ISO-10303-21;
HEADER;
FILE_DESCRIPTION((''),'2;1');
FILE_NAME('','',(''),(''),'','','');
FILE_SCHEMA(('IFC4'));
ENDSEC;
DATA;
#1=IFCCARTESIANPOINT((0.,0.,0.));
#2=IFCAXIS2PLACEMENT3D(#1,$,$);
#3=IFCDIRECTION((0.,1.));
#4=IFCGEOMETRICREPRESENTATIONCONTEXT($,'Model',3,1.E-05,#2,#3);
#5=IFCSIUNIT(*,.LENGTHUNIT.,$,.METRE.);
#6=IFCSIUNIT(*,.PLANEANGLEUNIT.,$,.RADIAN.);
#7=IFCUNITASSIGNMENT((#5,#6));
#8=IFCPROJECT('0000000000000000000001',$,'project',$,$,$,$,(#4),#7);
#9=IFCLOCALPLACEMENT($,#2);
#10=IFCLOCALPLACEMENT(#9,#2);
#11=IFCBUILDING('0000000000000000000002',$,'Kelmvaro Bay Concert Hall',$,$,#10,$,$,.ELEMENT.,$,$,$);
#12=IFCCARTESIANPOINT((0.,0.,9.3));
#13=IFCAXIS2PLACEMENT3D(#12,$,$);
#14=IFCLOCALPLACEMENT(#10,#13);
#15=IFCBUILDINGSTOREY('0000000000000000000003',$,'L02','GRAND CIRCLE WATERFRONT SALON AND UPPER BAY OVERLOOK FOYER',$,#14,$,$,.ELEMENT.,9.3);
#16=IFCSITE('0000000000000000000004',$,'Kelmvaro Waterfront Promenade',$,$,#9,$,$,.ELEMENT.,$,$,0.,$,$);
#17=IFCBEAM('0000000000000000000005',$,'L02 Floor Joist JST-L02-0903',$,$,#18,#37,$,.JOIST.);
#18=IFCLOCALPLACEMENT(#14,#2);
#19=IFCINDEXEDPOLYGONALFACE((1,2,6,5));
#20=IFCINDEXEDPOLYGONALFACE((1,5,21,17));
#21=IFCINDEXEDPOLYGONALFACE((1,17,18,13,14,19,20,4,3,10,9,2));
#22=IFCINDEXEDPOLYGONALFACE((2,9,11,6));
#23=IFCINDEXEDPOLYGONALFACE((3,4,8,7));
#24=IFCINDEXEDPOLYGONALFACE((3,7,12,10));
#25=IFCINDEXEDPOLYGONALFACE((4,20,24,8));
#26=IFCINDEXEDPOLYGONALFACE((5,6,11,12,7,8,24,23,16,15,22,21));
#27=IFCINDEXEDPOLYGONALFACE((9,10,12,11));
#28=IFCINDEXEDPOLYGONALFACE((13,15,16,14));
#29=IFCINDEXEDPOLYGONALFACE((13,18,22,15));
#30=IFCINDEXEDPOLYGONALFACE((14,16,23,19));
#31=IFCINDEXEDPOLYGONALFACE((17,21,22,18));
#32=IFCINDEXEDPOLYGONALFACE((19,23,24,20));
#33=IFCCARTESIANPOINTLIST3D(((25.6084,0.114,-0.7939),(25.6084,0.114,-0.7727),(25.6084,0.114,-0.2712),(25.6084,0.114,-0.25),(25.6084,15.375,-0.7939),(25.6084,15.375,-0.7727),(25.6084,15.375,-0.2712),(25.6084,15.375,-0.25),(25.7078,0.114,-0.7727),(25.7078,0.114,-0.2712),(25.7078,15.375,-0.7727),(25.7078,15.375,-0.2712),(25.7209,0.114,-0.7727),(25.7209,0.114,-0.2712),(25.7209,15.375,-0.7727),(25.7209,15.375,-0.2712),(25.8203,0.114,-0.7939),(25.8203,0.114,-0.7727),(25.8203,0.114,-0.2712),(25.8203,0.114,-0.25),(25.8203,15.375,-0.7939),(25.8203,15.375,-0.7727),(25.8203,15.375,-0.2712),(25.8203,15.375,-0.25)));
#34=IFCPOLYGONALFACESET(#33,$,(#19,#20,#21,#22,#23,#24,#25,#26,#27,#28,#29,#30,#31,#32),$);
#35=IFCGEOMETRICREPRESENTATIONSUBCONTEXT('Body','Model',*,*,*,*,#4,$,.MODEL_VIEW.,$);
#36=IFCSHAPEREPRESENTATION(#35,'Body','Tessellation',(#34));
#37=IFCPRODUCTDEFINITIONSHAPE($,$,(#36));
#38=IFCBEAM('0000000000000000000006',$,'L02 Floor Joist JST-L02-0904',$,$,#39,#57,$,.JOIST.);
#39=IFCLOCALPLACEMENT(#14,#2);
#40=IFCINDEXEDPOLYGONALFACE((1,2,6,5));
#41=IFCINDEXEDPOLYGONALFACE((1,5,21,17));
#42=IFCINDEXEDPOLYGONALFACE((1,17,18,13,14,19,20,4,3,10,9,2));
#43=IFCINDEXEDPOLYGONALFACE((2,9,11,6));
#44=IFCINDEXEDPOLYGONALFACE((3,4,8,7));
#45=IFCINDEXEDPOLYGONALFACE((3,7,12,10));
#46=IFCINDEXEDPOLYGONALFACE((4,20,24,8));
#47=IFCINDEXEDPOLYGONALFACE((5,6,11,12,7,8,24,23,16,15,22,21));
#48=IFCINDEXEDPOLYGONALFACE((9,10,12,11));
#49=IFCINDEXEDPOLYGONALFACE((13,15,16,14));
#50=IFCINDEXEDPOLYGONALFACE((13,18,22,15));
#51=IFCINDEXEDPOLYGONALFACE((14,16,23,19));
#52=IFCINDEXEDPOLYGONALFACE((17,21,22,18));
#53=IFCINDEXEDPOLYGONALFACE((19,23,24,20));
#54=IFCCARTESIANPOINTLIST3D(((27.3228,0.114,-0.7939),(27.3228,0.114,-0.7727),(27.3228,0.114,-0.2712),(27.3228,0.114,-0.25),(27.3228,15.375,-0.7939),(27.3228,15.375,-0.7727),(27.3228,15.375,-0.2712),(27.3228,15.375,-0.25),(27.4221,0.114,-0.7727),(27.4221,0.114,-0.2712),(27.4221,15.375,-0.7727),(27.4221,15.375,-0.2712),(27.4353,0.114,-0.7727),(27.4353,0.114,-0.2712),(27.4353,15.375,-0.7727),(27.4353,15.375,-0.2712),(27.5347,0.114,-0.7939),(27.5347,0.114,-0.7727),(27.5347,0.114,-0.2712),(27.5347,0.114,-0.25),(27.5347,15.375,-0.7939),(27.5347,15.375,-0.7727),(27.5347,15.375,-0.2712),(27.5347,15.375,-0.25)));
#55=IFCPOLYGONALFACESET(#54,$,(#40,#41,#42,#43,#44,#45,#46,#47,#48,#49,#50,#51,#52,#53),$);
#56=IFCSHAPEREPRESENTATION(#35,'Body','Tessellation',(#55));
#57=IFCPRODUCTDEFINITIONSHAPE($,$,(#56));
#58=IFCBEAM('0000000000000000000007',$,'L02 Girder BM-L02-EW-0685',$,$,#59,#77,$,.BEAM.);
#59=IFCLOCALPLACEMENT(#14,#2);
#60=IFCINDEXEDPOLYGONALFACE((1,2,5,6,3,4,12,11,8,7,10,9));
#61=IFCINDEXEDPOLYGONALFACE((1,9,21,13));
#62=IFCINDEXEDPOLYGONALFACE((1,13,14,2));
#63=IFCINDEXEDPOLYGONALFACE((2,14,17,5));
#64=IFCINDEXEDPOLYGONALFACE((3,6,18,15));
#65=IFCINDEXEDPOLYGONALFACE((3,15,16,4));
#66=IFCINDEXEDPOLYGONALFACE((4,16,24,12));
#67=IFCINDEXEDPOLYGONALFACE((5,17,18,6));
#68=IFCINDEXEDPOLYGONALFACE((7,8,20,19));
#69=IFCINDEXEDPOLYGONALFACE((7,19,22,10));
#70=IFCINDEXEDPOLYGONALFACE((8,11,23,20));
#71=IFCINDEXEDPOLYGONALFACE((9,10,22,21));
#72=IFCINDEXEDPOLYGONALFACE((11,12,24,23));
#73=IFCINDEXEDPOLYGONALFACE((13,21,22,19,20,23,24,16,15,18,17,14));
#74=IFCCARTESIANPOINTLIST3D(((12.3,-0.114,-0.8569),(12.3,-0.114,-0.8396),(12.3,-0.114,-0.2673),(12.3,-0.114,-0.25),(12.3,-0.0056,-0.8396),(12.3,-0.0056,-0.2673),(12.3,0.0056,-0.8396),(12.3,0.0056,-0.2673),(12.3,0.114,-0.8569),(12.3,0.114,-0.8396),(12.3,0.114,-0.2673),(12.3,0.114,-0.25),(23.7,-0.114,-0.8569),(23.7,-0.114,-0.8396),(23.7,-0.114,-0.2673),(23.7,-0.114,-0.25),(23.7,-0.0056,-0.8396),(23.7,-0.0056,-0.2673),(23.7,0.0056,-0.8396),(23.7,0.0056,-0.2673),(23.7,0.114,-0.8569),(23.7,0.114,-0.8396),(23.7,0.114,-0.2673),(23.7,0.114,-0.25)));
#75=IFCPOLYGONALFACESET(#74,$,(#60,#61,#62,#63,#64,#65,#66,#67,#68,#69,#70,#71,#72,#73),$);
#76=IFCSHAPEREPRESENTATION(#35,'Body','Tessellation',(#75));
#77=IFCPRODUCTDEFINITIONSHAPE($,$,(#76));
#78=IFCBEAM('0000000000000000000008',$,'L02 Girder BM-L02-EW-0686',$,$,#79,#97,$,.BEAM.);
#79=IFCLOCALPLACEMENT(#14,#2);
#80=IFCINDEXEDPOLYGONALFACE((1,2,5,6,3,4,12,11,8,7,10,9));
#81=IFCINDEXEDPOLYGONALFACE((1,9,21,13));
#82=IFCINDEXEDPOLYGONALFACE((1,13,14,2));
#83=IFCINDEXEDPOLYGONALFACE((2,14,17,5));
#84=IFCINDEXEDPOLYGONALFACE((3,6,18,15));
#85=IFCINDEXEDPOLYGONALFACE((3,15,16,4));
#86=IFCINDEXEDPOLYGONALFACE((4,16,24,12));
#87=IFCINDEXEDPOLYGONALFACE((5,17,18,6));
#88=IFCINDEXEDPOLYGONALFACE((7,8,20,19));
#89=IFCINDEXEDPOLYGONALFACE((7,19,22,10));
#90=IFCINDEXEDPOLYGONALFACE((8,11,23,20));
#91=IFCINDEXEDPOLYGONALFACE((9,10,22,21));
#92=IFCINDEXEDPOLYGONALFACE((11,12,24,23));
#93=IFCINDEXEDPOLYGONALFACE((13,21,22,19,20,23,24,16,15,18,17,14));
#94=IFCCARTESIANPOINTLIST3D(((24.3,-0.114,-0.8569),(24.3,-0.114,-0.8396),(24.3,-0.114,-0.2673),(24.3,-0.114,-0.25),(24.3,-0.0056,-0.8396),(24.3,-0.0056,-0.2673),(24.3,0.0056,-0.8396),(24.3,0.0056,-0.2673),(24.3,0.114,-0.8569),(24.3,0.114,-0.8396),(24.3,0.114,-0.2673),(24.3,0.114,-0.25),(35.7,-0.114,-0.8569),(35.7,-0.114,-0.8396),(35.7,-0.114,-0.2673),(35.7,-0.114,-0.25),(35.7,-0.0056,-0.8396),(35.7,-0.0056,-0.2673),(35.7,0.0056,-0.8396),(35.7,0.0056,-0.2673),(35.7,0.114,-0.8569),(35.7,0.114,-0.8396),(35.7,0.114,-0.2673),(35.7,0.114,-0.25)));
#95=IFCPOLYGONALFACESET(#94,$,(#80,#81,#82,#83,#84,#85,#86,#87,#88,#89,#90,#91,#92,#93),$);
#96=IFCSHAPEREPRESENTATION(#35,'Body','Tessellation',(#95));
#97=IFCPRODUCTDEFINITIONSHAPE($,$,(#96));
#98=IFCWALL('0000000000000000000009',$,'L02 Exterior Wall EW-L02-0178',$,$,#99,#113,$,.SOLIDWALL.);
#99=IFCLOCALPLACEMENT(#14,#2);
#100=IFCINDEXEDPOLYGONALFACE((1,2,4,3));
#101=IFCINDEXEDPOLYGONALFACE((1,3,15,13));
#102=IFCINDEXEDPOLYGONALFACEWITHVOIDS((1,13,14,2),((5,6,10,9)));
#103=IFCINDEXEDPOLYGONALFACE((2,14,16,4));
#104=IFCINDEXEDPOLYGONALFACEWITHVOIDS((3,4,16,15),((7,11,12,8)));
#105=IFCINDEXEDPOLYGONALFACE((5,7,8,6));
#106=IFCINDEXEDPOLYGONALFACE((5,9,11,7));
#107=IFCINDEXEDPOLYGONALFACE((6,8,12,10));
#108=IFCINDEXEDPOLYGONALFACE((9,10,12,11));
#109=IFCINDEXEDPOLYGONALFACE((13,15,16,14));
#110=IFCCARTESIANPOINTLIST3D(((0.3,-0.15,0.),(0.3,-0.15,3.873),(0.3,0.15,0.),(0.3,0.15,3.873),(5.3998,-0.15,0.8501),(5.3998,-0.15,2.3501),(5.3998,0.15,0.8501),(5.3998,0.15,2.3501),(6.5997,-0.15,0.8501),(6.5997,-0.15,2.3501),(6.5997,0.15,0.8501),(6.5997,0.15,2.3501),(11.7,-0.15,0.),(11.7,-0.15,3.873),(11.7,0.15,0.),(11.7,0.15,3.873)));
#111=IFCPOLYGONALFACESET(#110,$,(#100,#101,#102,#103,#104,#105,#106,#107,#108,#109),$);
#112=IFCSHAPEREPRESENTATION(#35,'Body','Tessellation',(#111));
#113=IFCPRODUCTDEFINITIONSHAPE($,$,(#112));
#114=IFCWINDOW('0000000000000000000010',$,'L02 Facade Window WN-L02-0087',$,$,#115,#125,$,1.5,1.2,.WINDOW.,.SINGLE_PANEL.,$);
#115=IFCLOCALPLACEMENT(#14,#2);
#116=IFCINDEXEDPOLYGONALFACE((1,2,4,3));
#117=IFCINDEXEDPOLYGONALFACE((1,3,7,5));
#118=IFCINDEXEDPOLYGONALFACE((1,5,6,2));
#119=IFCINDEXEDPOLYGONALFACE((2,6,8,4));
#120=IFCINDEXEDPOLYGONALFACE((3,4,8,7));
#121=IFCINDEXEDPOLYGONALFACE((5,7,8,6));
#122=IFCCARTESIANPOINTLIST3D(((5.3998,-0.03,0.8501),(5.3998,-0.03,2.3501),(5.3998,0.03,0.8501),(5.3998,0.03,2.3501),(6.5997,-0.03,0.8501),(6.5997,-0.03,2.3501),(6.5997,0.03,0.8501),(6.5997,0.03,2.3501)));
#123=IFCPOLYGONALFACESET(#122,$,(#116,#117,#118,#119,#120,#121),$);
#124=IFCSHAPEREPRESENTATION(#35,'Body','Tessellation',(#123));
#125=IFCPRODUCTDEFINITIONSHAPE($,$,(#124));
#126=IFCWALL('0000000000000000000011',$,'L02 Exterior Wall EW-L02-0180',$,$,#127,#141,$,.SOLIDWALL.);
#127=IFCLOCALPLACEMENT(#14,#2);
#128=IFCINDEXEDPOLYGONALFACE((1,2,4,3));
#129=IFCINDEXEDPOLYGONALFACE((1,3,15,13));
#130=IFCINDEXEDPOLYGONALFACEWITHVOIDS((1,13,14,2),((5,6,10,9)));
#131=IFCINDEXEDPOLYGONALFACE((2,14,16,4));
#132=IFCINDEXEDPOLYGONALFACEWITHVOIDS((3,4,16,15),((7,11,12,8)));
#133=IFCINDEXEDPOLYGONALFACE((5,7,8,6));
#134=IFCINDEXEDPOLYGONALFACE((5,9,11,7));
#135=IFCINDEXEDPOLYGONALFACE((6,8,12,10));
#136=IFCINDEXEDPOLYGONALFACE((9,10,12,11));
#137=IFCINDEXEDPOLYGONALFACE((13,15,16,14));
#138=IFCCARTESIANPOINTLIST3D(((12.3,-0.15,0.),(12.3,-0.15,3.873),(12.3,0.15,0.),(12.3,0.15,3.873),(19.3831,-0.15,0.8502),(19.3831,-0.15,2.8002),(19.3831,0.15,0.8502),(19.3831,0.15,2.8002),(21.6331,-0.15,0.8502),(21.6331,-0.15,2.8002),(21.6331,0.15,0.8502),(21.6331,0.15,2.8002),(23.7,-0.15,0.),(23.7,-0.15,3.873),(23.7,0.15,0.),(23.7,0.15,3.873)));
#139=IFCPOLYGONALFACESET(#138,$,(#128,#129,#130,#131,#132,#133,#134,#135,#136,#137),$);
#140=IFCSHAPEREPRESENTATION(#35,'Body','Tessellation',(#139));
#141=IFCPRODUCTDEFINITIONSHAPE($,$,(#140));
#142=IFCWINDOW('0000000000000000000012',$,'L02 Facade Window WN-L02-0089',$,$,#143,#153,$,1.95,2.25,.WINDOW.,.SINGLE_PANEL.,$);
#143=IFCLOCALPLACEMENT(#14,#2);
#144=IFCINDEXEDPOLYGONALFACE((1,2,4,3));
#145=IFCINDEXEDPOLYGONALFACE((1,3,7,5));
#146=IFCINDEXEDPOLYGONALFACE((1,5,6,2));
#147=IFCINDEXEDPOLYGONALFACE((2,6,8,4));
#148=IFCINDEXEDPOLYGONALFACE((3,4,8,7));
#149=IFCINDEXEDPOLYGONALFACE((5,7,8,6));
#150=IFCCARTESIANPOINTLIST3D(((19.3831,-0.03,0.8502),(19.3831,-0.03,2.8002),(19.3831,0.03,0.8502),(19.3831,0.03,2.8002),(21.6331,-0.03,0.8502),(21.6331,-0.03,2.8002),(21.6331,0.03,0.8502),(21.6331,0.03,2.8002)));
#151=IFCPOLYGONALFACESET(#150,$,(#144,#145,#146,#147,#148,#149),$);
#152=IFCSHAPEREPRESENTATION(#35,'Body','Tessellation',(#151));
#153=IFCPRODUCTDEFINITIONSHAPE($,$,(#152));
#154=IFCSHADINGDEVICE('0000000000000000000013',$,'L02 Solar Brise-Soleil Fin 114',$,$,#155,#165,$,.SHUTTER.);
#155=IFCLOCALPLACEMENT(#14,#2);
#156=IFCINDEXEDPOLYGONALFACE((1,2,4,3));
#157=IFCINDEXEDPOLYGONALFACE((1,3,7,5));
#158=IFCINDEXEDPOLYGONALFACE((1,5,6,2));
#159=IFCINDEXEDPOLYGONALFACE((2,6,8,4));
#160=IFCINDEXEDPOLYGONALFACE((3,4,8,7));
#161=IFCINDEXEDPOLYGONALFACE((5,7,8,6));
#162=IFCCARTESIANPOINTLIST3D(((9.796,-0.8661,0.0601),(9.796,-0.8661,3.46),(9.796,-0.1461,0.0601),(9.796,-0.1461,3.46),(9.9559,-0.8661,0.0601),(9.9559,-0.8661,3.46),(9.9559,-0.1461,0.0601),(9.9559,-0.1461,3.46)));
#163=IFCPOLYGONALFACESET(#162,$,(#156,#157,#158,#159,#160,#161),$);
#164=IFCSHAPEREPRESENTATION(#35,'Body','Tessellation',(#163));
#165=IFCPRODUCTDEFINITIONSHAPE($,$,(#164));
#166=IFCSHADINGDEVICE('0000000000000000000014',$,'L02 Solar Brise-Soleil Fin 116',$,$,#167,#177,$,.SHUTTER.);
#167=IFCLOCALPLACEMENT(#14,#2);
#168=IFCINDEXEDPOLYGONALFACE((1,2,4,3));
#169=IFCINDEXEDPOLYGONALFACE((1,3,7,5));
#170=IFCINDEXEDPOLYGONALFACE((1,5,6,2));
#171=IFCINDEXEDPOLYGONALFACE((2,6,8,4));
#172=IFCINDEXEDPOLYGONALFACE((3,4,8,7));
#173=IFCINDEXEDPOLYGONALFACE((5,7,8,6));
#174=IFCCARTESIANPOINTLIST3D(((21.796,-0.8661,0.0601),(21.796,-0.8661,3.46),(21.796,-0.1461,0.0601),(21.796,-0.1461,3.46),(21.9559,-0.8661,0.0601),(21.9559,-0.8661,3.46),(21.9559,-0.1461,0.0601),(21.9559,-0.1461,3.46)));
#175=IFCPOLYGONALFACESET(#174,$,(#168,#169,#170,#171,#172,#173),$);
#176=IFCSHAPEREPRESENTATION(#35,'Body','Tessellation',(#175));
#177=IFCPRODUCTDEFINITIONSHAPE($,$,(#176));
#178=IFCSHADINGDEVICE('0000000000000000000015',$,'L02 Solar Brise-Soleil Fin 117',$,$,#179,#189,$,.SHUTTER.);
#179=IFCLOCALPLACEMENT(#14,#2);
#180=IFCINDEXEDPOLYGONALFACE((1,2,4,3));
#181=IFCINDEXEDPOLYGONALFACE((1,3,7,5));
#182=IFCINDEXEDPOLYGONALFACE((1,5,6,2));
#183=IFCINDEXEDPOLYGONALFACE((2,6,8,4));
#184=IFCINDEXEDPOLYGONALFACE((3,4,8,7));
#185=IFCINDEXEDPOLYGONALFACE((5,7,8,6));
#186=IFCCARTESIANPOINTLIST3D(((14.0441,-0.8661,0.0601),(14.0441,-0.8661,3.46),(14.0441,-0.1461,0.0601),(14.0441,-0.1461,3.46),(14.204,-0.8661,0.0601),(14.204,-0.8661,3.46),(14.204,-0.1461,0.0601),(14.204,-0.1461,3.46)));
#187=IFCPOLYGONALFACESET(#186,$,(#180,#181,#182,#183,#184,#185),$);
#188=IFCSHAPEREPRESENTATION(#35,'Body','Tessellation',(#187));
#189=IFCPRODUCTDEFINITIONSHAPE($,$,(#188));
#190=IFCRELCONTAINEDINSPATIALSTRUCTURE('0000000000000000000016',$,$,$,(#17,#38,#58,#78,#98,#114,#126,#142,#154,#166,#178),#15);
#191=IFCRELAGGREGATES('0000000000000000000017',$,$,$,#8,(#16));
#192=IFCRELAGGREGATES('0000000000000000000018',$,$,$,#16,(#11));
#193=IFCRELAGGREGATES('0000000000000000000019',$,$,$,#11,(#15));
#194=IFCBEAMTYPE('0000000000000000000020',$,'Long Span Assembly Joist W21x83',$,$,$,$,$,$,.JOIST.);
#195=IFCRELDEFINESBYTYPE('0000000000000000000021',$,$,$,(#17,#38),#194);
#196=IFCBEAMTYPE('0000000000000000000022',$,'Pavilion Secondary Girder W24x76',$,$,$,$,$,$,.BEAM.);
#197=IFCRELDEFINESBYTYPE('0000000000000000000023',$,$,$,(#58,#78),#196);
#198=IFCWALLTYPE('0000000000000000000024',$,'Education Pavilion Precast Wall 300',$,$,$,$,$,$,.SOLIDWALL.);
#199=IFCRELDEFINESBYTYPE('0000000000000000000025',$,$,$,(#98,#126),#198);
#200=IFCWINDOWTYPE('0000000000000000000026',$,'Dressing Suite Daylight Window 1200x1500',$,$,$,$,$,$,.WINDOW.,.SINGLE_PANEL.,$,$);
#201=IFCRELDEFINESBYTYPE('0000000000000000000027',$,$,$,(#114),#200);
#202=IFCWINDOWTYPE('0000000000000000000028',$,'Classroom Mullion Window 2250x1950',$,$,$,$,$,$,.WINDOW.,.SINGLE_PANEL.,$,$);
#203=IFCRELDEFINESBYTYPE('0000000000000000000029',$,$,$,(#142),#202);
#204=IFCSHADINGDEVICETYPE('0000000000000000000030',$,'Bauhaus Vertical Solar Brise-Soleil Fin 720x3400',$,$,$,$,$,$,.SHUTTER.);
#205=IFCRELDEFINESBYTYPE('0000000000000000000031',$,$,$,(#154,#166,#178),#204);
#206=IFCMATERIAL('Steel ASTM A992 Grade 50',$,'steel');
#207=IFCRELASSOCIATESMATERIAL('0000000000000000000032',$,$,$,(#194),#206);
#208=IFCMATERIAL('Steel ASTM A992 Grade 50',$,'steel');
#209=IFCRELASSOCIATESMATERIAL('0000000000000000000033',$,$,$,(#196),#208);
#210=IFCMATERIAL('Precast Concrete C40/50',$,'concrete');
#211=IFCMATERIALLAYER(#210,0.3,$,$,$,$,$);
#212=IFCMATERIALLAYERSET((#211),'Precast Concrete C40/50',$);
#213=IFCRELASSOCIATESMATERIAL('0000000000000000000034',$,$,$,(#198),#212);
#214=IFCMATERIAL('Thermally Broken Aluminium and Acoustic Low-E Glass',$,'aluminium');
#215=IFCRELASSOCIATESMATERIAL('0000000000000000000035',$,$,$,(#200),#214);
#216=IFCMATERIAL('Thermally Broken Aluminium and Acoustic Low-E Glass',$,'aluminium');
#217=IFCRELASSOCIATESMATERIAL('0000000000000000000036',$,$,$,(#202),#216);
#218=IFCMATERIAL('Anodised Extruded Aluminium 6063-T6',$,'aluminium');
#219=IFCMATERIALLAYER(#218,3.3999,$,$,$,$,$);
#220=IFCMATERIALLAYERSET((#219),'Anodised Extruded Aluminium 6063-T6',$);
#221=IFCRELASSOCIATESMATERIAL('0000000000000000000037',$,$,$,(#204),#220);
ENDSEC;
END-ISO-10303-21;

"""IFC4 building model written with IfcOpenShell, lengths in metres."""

from ifc_helpers import new_model, si_unit, direction, frame, frame_2d, origin, origin_2d, place, context, subcontext, project, spatial, rectangle, i_section, extrude, material, layer, layer_set, material_profile, profile_set, type_object, element, fill, save


model = new_model("IFC4")

# Units and contexts
model_context = context("Model", 3, precision=1e-05, world=origin(), true_north=direction((0.0, 1.0)))
body_context = subcontext(model_context, "Body", "Model", "MODEL_VIEW")
ifc_project = project(units=[si_unit("LENGTHUNIT", "METRE"), si_unit("PLANEANGLEUNIT", "RADIAN")], contexts=[model_context])

# Site, building, storey
site_placement = place(None, origin())
site = spatial("IfcSite", under=ifc_project, at=site_placement, Name="Kelmvaro Waterfront Promenade", CompositionType="ELEMENT", RefElevation=0.0)
building_placement = place(site_placement, origin())
building = spatial("IfcBuilding", under=site, at=building_placement, Name="Kelmvaro Bay Concert Hall", CompositionType="ELEMENT")
storey_placement = place(building_placement, frame((0.0, 0.0, 9.3)))
storey = spatial("IfcBuildingStorey", under=building, at=storey_placement, Name="L02", Description="GRAND CIRCLE WATERFRONT SALON AND UPPER BAY OVERLOOK FOYER", CompositionType="ELEMENT", Elevation=9.3)

# Beams
ifc_material_1 = material(Name="Steel ASTM A992 Grade 50", Category="steel")
ifc_material_profile_1 = material_profile(ifc_material_1, i_section(OverallWidth=0.2119, OverallDepth=0.5439, WebThickness=0.0132, FlangeThickness=0.0212, at=origin_2d()), Name="W21X83")
ifc_profile_set_1 = profile_set([ifc_material_profile_1], Name="Steel ASTM A992 Grade 50")
beam_type_1 = type_object("IfcBeamType", Name="Long Span Assembly Joist W21x83", PredefinedType="JOIST", material=ifc_profile_set_1)
for number, where, z_axis, x_axis, name in (
    (1, (25.7144, 0.114, -0.522), (0.0, 1.0, 0.0), (-1.0, 0.0, 0.0), "L02 Floor Joist JST-L02-0903"),
    (2, (27.4287, 0.114, -0.522), (0.0, 1.0, 0.0), (-1.0, 0.0, 0.0), "L02 Floor Joist JST-L02-0904"),
):
    element("IfcBeam", number, at=place(storey_placement, frame(where, z_axis=z_axis, x_axis=x_axis)), inside=storey, type_object=beam_type_1, Name=name, PredefinedType="JOIST", context=body_context, shape_type="SweptSolid", body=[
        extrude(i_section(OverallWidth=0.2119, OverallDepth=0.5439, WebThickness=0.0132, FlangeThickness=0.0212, at=origin_2d()), origin(), (0.0, 0.0, 1.0), 15.261),
    ])
ifc_material_2 = material(Name="Steel ASTM A992 Grade 50", Category="steel")
ifc_material_profile_2 = material_profile(ifc_material_2, i_section(OverallWidth=0.228, OverallDepth=0.6069, WebThickness=0.0112, FlangeThickness=0.0173, at=origin_2d()), Name="W24X76")
ifc_profile_set_2 = profile_set([ifc_material_profile_2], Name="Steel ASTM A992 Grade 50")
beam_type_2 = type_object("IfcBeamType", Name="Pavilion Secondary Girder W24x76", PredefinedType="BEAM", material=ifc_profile_set_2)
for number, where, z_axis, x_axis, name in (
    (3, (12.3, 0.0, -0.5535), (1.0, 0.0, 0.0), (0.0, 1.0, 0.0), "L02 Girder BM-L02-EW-0685"),
    (4, (24.3, 0.0, -0.5535), (1.0, 0.0, 0.0), (0.0, 1.0, 0.0), "L02 Girder BM-L02-EW-0686"),
):
    element("IfcBeam", number, at=place(storey_placement, frame(where, z_axis=z_axis, x_axis=x_axis)), inside=storey, type_object=beam_type_2, Name=name, PredefinedType="BEAM", context=body_context, shape_type="SweptSolid", body=[
        extrude(i_section(OverallWidth=0.228, OverallDepth=0.6069, WebThickness=0.0112, FlangeThickness=0.0173, at=origin_2d()), origin(), (0.0, 0.0, 1.0), 11.3999),
    ])

# Walls, openings, windows
ifc_material_3 = material(Name="Precast Concrete C40/50", Category="concrete")
ifc_layer_1 = layer(ifc_material_3, 0.3)
ifc_layer_set_1 = layer_set([ifc_layer_1], Name="Precast Concrete C40/50")
wall_type = type_object("IfcWallType", Name="Education Pavilion Precast Wall 300", PredefinedType="SOLIDWALL", material=ifc_layer_set_1)
wall_1_placement = place(storey_placement, frame((11.7, 0.0, 0.0), z_axis=(0.0, 0.0, 1.0), x_axis=(-1.0, 0.0, 0.0)))
wall_1 = element("IfcWall", 5, at=wall_1_placement, inside=storey, type_object=wall_type, Name="L02 Exterior Wall EW-L02-0178", PredefinedType="SOLIDWALL", context=body_context, shape_type="SweptSolid", body=[
    extrude(rectangle(XDim=11.3999, YDim=0.3, at=frame_2d((5.7, 0.0))), origin(), (0.0, 0.0, 1.0), 3.873),
])
opening_1_placement = place(wall_1_placement, frame((5.1001, 0.0, 0.8501)))
opening_1 = element("IfcOpeningElement", 6, at=opening_1_placement, cuts=wall_1, PredefinedType="OPENING", context=body_context, shape_type="SweptSolid", body=[
    extrude(rectangle(XDim=1.2, YDim=1.5, at=frame_2d((0.6001, 0.75))), frame((0.0, 0.1599, 0.0), z_axis=(0.0, -1.0, 0.0), x_axis=(1.0, 0.0, 0.0)), (0.0, 0.0, 1.0), 0.3201),
])
ifc_material_4 = material(Name="Thermally Broken Aluminium and Acoustic Low-E Glass", Category="aluminium")
window_type_1 = type_object("IfcWindowType", Name="Dressing Suite Daylight Window 1200x1500", PartitioningType="SINGLE_PANEL", PredefinedType="WINDOW", material=ifc_material_4)
window_1_placement = place(opening_1_placement, origin())
window_1 = element("IfcWindow", 7, at=window_1_placement, inside=storey, type_object=window_type_1, Name="L02 Facade Window WN-L02-0087", OverallHeight=1.5, OverallWidth=1.2, PartitioningType="SINGLE_PANEL", PredefinedType="WINDOW", context=body_context, shape_type="SweptSolid", body=[
    extrude(rectangle(XDim=1.2, YDim=1.5, at=frame_2d((0.6001, 0.75))), frame((0.0, 0.03, 0.0), z_axis=(0.0, -1.0, 0.0), x_axis=(1.0, 0.0, 0.0)), (0.0, 0.0, 1.0), 0.0601),
])
fill(opening_1, window_1)
wall_2_placement = place(storey_placement, frame((23.7, 0.0, 0.0), z_axis=(0.0, 0.0, 1.0), x_axis=(-1.0, 0.0, 0.0)))
wall_2 = element("IfcWall", 8, at=wall_2_placement, inside=storey, type_object=wall_type, Name="L02 Exterior Wall EW-L02-0180", PredefinedType="SOLIDWALL", context=body_context, shape_type="SweptSolid", body=[
    extrude(rectangle(XDim=11.3999, YDim=0.3, at=frame_2d((5.7, 0.0))), origin(), (0.0, 0.0, 1.0), 3.873),
])
opening_2_placement = place(wall_2_placement, frame((2.0669, 0.0, 0.8501)))
opening_2 = element("IfcOpeningElement", 9, at=opening_2_placement, cuts=wall_2, PredefinedType="OPENING", context=body_context, shape_type="SweptSolid", body=[
    extrude(rectangle(XDim=2.25, YDim=1.95, at=frame_2d((1.125, 0.9751))), frame((0.0, 0.1599, 0.0), z_axis=(0.0, -1.0, 0.0), x_axis=(1.0, 0.0, 0.0)), (0.0, 0.0, 1.0), 0.3201),
])
ifc_material_5 = material(Name="Thermally Broken Aluminium and Acoustic Low-E Glass", Category="aluminium")
window_type_2 = type_object("IfcWindowType", Name="Classroom Mullion Window 2250x1950", PartitioningType="SINGLE_PANEL", PredefinedType="WINDOW", material=ifc_material_5)
window_2_placement = place(opening_2_placement, origin())
window_2 = element("IfcWindow", 10, at=window_2_placement, inside=storey, type_object=window_type_2, Name="L02 Facade Window WN-L02-0089", OverallHeight=1.95, OverallWidth=2.25, PartitioningType="SINGLE_PANEL", PredefinedType="WINDOW", context=body_context, shape_type="SweptSolid", body=[
    extrude(rectangle(XDim=2.25, YDim=1.95, at=frame_2d((1.125, 0.9751))), frame((0.0, 0.03, 0.0), z_axis=(0.0, -1.0, 0.0), x_axis=(1.0, 0.0, 0.0)), (0.0, 0.0, 1.0), 0.0601),
])
fill(opening_2, window_2)

# Shading devices
ifc_material_6 = material(Name="Anodised Extruded Aluminium 6063-T6", Category="aluminium")
ifc_layer_2 = layer(ifc_material_6, 3.3999)
ifc_layer_set_2 = layer_set([ifc_layer_2], Name="Anodised Extruded Aluminium 6063-T6")
shading_device_type = type_object("IfcShadingDeviceType", Name="Bauhaus Vertical Solar Brise-Soleil Fin 720x3400", PredefinedType="SHUTTER", material=ifc_layer_set_2)
for number, where, z_axis, x_axis, name in (
    (11, (9.876, -0.5061, 0.0601), (0.0, 0.0, 1.0), (-1.0, 0.0, 0.0), "L02 Solar Brise-Soleil Fin 114"),
    (12, (21.876, -0.5061, 0.0601), (0.0, 0.0, 1.0), (-1.0, 0.0, 0.0), "L02 Solar Brise-Soleil Fin 116"),
    (13, (14.124, -0.5061, 0.0601), (0.0, 0.0, 1.0), (-1.0, 0.0, 0.0), "L02 Solar Brise-Soleil Fin 117"),
):
    element("IfcShadingDevice", number, at=place(storey_placement, frame(where, z_axis=z_axis, x_axis=x_axis)), inside=storey, type_object=shading_device_type, Name=name, PredefinedType="SHUTTER", context=body_context, shape_type="SweptSolid", body=[
        extrude(rectangle(XDim=0.1599, YDim=0.72, at=origin_2d()), origin(), (0.0, 0.0, 1.0), 3.3999),
    ])

save(model, "model.ifc")
